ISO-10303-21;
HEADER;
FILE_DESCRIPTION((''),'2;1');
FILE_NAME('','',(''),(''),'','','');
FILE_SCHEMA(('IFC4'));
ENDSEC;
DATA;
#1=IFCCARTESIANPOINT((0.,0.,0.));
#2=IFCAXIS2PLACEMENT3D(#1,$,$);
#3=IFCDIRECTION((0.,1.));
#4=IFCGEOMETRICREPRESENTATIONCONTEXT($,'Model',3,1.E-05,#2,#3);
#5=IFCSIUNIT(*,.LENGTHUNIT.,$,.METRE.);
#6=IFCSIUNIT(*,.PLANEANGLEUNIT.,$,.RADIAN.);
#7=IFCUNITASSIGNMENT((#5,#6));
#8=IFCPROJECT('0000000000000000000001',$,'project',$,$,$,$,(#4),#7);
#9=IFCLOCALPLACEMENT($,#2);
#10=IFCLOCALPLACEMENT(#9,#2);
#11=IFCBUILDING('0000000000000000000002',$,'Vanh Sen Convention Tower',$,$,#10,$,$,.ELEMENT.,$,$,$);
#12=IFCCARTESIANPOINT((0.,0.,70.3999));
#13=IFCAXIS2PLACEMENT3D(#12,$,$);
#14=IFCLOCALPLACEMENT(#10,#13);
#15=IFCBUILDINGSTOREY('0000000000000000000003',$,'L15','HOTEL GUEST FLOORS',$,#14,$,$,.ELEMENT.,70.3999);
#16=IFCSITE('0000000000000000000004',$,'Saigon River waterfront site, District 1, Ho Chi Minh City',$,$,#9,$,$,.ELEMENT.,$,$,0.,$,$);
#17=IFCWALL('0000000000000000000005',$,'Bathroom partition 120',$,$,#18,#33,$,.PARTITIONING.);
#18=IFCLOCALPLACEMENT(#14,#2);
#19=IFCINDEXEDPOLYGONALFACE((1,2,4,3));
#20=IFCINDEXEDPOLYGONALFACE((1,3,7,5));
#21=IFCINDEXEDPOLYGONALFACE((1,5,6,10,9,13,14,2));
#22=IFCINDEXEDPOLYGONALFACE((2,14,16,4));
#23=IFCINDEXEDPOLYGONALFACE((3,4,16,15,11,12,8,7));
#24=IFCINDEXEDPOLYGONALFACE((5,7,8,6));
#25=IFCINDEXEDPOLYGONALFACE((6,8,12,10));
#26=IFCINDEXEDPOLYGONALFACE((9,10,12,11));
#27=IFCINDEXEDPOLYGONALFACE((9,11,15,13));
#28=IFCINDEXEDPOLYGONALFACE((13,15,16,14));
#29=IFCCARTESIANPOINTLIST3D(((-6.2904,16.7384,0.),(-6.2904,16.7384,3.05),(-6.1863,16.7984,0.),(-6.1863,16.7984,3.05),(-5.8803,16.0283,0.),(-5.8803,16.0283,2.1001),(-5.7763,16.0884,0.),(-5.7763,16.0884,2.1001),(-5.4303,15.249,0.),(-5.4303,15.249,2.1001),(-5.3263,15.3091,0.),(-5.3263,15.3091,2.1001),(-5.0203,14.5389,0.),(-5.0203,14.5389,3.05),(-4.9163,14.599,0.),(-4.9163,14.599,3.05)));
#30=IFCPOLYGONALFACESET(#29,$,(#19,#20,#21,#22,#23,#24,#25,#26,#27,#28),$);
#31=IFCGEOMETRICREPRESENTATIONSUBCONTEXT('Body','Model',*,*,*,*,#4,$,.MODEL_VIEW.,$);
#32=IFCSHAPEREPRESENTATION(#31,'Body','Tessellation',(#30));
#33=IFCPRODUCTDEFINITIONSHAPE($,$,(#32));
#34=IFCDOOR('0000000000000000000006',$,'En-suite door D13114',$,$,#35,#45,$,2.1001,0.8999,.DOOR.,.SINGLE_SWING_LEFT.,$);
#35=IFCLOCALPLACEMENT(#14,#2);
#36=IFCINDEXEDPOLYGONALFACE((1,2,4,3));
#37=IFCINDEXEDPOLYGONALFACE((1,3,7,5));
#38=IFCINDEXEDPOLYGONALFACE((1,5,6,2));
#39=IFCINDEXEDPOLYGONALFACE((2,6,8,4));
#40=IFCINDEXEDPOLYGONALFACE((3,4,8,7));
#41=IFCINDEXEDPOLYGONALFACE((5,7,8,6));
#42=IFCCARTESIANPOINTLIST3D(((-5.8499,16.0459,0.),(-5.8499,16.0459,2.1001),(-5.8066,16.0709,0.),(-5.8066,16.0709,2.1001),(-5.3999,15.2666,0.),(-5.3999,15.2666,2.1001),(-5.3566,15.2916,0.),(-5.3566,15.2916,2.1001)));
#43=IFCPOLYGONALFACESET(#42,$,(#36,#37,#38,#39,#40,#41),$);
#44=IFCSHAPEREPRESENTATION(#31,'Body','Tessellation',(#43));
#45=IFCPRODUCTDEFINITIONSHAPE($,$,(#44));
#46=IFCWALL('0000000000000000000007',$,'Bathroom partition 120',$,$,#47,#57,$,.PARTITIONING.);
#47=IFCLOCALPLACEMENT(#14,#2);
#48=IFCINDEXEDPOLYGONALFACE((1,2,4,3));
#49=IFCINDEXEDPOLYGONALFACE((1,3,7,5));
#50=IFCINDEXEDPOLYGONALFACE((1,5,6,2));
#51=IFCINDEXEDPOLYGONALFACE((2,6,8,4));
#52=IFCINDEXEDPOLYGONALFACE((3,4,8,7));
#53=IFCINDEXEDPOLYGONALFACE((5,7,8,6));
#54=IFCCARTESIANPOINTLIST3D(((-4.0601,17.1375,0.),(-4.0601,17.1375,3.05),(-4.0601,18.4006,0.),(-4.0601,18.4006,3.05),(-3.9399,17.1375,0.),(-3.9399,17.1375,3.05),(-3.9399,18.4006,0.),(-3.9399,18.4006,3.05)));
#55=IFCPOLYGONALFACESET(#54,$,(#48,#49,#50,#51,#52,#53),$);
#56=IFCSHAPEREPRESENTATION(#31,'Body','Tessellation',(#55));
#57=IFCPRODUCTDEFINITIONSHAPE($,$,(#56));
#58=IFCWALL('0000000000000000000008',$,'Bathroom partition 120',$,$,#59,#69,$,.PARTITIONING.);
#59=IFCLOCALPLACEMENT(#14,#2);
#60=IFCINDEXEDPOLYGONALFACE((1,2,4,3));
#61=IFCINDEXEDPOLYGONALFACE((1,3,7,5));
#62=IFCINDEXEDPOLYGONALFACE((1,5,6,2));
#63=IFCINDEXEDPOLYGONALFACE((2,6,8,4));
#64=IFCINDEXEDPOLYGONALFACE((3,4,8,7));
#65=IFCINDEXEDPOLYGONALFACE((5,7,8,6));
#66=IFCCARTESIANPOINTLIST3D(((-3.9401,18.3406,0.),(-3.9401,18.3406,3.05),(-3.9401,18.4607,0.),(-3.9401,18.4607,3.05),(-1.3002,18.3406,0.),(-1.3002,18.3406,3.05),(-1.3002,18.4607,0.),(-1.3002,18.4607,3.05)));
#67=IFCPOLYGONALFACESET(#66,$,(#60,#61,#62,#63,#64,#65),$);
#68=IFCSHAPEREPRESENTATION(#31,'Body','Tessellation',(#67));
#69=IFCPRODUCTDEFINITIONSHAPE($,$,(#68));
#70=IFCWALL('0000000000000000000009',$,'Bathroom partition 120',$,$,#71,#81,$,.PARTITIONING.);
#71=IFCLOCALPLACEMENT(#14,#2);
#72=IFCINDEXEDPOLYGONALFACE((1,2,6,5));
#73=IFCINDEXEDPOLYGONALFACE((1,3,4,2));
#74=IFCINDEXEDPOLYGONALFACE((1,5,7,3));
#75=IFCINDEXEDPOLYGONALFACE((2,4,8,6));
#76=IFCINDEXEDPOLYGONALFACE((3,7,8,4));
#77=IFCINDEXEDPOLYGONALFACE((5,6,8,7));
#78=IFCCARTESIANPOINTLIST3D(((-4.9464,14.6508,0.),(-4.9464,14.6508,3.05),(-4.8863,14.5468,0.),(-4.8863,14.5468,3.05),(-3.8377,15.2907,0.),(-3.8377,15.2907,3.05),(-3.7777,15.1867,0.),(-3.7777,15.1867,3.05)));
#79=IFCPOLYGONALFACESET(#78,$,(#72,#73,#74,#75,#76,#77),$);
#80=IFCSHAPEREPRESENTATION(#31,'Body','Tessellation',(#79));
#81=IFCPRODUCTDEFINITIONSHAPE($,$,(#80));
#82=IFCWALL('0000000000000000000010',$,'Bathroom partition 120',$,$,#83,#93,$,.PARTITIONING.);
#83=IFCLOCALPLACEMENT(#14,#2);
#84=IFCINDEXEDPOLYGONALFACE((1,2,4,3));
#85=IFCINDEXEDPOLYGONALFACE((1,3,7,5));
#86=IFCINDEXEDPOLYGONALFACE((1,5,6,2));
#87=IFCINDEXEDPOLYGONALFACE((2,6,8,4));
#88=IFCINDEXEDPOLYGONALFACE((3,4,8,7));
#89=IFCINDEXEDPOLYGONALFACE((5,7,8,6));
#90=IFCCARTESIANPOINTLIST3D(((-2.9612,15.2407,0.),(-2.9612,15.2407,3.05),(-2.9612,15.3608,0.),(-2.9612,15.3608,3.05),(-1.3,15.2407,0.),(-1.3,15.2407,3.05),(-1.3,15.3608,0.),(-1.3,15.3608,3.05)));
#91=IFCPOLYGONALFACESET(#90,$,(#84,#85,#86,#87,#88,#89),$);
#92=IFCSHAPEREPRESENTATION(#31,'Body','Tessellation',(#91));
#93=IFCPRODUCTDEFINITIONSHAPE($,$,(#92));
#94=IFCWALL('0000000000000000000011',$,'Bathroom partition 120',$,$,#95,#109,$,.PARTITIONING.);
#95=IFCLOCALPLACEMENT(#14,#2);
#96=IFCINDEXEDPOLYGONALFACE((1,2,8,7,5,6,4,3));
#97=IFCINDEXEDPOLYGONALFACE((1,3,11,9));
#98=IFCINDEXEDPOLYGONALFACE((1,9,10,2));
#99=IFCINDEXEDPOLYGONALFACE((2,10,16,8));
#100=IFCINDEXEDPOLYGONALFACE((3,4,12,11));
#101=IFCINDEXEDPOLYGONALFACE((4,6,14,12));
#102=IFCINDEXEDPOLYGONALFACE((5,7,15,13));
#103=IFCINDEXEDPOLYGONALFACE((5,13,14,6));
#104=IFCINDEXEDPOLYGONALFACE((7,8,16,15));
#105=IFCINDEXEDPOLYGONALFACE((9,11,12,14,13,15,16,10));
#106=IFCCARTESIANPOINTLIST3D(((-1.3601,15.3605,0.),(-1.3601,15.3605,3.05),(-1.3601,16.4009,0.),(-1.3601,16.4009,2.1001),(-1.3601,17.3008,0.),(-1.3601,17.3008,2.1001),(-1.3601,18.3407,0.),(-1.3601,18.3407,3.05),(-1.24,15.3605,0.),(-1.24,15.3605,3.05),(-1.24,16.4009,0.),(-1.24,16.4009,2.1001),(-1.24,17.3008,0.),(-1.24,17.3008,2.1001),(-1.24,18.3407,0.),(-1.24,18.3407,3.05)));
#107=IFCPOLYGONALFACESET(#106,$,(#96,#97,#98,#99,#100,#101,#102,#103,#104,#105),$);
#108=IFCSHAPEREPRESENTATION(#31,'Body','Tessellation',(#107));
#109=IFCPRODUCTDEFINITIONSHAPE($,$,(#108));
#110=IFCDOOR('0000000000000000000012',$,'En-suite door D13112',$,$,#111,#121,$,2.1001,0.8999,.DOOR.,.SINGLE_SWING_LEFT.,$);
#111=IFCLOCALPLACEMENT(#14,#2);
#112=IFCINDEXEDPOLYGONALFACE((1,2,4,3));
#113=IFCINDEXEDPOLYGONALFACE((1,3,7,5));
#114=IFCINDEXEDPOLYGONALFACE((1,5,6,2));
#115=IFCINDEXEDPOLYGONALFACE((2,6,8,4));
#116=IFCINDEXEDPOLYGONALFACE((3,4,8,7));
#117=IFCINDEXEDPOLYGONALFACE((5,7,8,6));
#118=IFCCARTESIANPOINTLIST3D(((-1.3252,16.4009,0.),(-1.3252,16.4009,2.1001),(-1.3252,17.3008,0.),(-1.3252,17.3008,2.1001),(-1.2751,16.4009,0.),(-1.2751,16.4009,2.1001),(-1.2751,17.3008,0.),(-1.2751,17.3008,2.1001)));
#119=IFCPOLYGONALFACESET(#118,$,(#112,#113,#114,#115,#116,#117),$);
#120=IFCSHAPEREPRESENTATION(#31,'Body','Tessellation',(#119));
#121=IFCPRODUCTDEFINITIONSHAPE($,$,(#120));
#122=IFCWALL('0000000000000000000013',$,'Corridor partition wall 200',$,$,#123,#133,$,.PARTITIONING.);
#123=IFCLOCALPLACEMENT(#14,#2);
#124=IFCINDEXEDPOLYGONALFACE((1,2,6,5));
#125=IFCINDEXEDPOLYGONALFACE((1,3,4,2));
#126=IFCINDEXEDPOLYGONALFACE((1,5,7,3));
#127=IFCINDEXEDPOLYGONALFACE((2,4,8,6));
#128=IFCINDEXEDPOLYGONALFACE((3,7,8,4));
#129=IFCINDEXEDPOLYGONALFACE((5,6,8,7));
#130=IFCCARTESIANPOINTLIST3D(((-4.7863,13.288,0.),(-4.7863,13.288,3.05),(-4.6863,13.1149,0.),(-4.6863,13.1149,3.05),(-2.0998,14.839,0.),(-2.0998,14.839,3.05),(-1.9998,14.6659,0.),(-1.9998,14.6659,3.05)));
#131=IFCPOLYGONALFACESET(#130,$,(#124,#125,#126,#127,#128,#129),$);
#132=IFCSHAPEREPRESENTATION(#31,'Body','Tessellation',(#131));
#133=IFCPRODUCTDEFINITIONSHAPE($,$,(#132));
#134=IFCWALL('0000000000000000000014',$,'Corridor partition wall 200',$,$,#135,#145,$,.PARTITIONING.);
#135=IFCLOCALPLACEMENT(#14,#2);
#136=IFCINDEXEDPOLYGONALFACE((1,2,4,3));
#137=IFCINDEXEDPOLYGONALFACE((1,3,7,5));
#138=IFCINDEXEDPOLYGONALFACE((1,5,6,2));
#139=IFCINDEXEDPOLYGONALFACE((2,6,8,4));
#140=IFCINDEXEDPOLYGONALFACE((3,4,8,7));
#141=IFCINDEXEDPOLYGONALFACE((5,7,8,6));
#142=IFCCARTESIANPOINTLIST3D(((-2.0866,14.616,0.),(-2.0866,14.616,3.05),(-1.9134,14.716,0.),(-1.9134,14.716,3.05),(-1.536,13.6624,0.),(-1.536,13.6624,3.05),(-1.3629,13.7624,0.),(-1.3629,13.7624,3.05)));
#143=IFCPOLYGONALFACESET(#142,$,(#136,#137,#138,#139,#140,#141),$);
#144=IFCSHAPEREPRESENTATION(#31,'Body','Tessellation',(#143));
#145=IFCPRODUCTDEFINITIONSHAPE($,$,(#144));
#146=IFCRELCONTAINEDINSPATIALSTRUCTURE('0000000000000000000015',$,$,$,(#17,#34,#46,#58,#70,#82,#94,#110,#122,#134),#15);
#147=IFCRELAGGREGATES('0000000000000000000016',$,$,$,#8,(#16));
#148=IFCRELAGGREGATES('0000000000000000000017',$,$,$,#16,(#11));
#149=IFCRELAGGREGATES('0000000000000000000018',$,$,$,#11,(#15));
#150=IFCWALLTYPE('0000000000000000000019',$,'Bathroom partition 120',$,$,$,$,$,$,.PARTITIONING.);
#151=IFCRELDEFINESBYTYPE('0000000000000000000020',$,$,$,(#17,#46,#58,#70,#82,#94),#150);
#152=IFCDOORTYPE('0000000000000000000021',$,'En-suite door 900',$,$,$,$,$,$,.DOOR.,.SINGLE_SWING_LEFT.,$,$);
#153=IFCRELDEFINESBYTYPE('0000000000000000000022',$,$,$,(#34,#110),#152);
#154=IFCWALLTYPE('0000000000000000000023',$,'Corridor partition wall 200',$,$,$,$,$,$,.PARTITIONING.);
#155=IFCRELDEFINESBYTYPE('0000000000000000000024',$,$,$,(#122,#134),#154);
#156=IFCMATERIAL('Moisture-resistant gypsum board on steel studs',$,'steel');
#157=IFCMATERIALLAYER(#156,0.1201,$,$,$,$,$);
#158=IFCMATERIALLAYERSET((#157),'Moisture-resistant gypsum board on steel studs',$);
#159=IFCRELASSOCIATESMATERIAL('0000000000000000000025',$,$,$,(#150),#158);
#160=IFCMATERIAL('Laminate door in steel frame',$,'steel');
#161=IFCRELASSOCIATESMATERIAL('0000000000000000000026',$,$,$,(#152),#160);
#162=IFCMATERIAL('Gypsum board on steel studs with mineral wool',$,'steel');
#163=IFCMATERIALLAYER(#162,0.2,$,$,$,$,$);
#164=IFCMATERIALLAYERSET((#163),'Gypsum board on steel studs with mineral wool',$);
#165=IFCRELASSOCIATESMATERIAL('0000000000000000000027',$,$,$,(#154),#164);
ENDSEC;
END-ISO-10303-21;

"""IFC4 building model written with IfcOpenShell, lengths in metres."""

from ifc_helpers import new_model, si_unit, direction, frame, frame_2d, origin, place, context, subcontext, project, spatial, rectangle, extrude, material, layer, layer_set, type_object, element, fill, save


model = new_model("IFC4")

# Units and contexts
model_context = context("Model", 3, precision=1e-05, world=origin(), true_north=direction((0.0, 1.0)))
body_context = subcontext(model_context, "Body", "Model", "MODEL_VIEW")
ifc_project = project(units=[si_unit("LENGTHUNIT", "METRE"), si_unit("PLANEANGLEUNIT", "RADIAN")], contexts=[model_context])

# Site, building, storey
site_placement = place(None, origin())
site = spatial("IfcSite", under=ifc_project, at=site_placement, Name="Saigon River waterfront site, District 1, Ho Chi Minh City", CompositionType="ELEMENT", RefElevation=0.0)
building_placement = place(site_placement, origin())
building = spatial("IfcBuilding", under=site, at=building_placement, Name="Vanh Sen Convention Tower", CompositionType="ELEMENT")
storey_placement = place(building_placement, frame((0.0, 0.0, 70.3999)))
storey = spatial("IfcBuildingStorey", under=building, at=storey_placement, Name="L15", Description="HOTEL GUEST FLOORS", CompositionType="ELEMENT", Elevation=70.3999)

# Shared definitions
ifc_material_1 = material(Name="Moisture-resistant gypsum board on steel studs", Category="steel")
ifc_layer_1 = layer(ifc_material_1, 0.1201)
ifc_layer_set_1 = layer_set([ifc_layer_1], Name="Moisture-resistant gypsum board on steel studs")
wall_type_1 = type_object("IfcWallType", Name="Bathroom partition 120", PredefinedType="PARTITIONING", material=ifc_layer_set_1)

# Wall, opening, door
wall_1_placement = place(storey_placement, frame((-4.9683, 14.5688, 0.0), z_axis=(0.0, 0.0, 1.0), x_axis=(-0.500047, 0.865998, 0.0)))
wall_1 = element("IfcWall", 1, at=wall_1_placement, inside=storey, type_object=wall_type_1, Name="Bathroom partition 120", PredefinedType="PARTITIONING", context=body_context, shape_type="SweptSolid", body=[
    extrude(rectangle(XDim=2.5398, YDim=0.1201, at=frame_2d((1.27, 0.0))), origin(), (0.0, 0.0, 1.0), 3.05),
])
opening_1_placement = place(wall_1_placement, frame((0.8201, 0.0, 0.0)))
opening_1 = element("IfcOpeningElement", 2, at=opening_1_placement, cuts=wall_1, PredefinedType="OPENING", context=body_context, shape_type="SweptSolid", body=[
    extrude(rectangle(XDim=0.8999, YDim=2.1001, at=frame_2d((0.45, 1.05))), frame((0.0, 0.0701, 0.0), z_axis=(0.0, -1.0, 0.0), x_axis=(1.0, 0.0, 0.0)), (0.0, 0.0, 1.0), 0.1401),
])
ifc_material_2 = material(Name="Laminate door in steel frame", Category="steel")
door_type = type_object("IfcDoorType", Name="En-suite door 900", OperationType="SINGLE_SWING_LEFT", PredefinedType="DOOR", material=ifc_material_2)
door_1_placement = place(opening_1_placement, origin())
door_1 = element("IfcDoor", 3, at=door_1_placement, inside=storey, type_object=door_type, Name="En-suite door D13114", OperationType="SINGLE_SWING_LEFT", OverallHeight=2.1001, OverallWidth=0.8999, PredefinedType="DOOR", context=body_context, shape_type="SweptSolid", body=[
    extrude(rectangle(XDim=0.8999, YDim=2.1001, at=frame_2d((0.45, 1.05))), frame((0.0, 0.0249, 0.0), z_axis=(0.0, -1.0, 0.0), x_axis=(1.0, 0.0, 0.0)), (0.0, 0.0, 1.0), 0.05),
])
fill(opening_1, door_1)

# Walls
wall_2_placement = place(storey_placement, frame((-4.0, 17.1375, 0.0), z_axis=(0.0, 0.0, 1.0), x_axis=(0.0, 1.0, 0.0)))
element("IfcWall", 4, at=wall_2_placement, inside=storey, type_object=wall_type_1, Name="Bathroom partition 120", PredefinedType="PARTITIONING", context=body_context, shape_type="SweptSolid", body=[
    extrude(rectangle(XDim=1.2632, YDim=0.1201, at=frame_2d((0.6316, 0.0))), origin(), (0.0, 0.0, 1.0), 3.05),
])
wall_3_placement = place(storey_placement, frame((-3.9399, 18.4006, 0.0), z_axis=(0.0, 0.0, 1.0), x_axis=(1.0, 0.0, 0.0)))
element("IfcWall", 5, at=wall_3_placement, inside=storey, type_object=wall_type_1, Name="Bathroom partition 120", PredefinedType="PARTITIONING", context=body_context, shape_type="SweptSolid", body=[
    extrude(rectangle(XDim=2.6399, YDim=0.1201, at=frame_2d((1.3198, 0.0))), origin(), (0.0, 0.0, 1.0), 3.05),
])
wall_4_placement = place(storey_placement, frame((-3.8076, 15.2388, 0.0), z_axis=(0.0, 0.0, 1.0), x_axis=(-0.866087, -0.499893, 0.0)))
element("IfcWall", 6, at=wall_4_placement, inside=storey, type_object=wall_type_1, Name="Bathroom partition 120", PredefinedType="PARTITIONING", context=body_context, shape_type="SweptSolid", body=[
    extrude(rectangle(XDim=1.28, YDim=0.1201, at=frame_2d((0.6401, 0.0))), origin(), (0.0, 0.0, 1.0), 3.05),
])
wall_5_placement = place(storey_placement, frame((-1.3, 15.3008, 0.0), z_axis=(0.0, 0.0, 1.0), x_axis=(-1.0, 0.0, 0.0)))
element("IfcWall", 7, at=wall_5_placement, inside=storey, type_object=wall_type_1, Name="Bathroom partition 120", PredefinedType="PARTITIONING", context=body_context, shape_type="SweptSolid", body=[
    extrude(rectangle(XDim=1.6611, YDim=0.1201, at=frame_2d((0.8306, 0.0))), origin(), (0.0, 0.0, 1.0), 3.05),
])

# Wall, opening, door
wall_6_placement = place(storey_placement, frame((-1.3, 18.3408, 0.0), z_axis=(0.0, 0.0, 1.0), x_axis=(0.0, -1.0, 0.0)))
wall_6 = element("IfcWall", 8, at=wall_6_placement, inside=storey, type_object=wall_type_1, Name="Bathroom partition 120", PredefinedType="PARTITIONING", context=body_context, shape_type="SweptSolid", body=[
    extrude(rectangle(XDim=2.9802, YDim=0.1201, at=frame_2d((1.4902, 0.0))), origin(), (0.0, 0.0, 1.0), 3.05),
])
opening_2_placement = place(wall_6_placement, frame((1.04, 0.0, 0.0)))
opening_2 = element("IfcOpeningElement", 9, at=opening_2_placement, cuts=wall_6, PredefinedType="OPENING", context=body_context, shape_type="SweptSolid", body=[
    extrude(rectangle(XDim=0.8999, YDim=2.1001, at=frame_2d((0.45, 1.05))), frame((0.0, 0.0701, 0.0), z_axis=(0.0, -1.0, 0.0), x_axis=(1.0, 0.0, 0.0)), (0.0, 0.0, 1.0), 0.1401),
])
door_2_placement = place(opening_2_placement, origin())
door_2 = element("IfcDoor", 10, at=door_2_placement, inside=storey, type_object=door_type, Name="En-suite door D13112", OperationType="SINGLE_SWING_LEFT", OverallHeight=2.1001, OverallWidth=0.8999, PredefinedType="DOOR", context=body_context, shape_type="SweptSolid", body=[
    extrude(rectangle(XDim=0.8999, YDim=2.1001, at=frame_2d((0.45, 1.05))), frame((0.0, 0.0249, 0.0), z_axis=(0.0, -1.0, 0.0), x_axis=(1.0, 0.0, 0.0)), (0.0, 0.0, 1.0), 0.05),
])
fill(opening_2, door_2)

# Walls
ifc_material_3 = material(Name="Gypsum board on steel studs with mineral wool", Category="steel")
ifc_layer_2 = layer(ifc_material_3, 0.2)
ifc_layer_set_2 = layer_set([ifc_layer_2], Name="Gypsum board on steel studs with mineral wool")
wall_type_2 = type_object("IfcWallType", Name="Corridor partition wall 200", PredefinedType="PARTITIONING", material=ifc_layer_set_2)
wall_7_placement = place(storey_placement, frame((-2.0498, 14.7524, 0.0), z_axis=(0.0, 0.0, 1.0), x_axis=(-0.866031, -0.49999, 0.0)))
element("IfcWall", 11, at=wall_7_placement, inside=storey, type_object=wall_type_2, Name="Corridor partition wall 200", PredefinedType="PARTITIONING", context=body_context, shape_type="SweptSolid", body=[
    extrude(rectangle(XDim=3.1021, YDim=0.2, at=frame_2d((1.551, 0.0))), origin(), (0.0, 0.0, 1.0), 3.05),
])
wall_8_placement = place(storey_placement, frame((-1.4495, 13.7124, 0.0), z_axis=(0.0, 0.0, 1.0), x_axis=(-0.499978, 0.866038, 0.0)))
element("IfcWall", 12, at=wall_8_placement, inside=storey, type_object=wall_type_2, Name="Corridor partition wall 200", PredefinedType="PARTITIONING", context=body_context, shape_type="SweptSolid", body=[
    extrude(rectangle(XDim=1.1011, YDim=0.2, at=frame_2d((0.5505, 0.0))), origin(), (0.0, 0.0, 1.0), 3.05),
])

save(model, "model.ifc")
